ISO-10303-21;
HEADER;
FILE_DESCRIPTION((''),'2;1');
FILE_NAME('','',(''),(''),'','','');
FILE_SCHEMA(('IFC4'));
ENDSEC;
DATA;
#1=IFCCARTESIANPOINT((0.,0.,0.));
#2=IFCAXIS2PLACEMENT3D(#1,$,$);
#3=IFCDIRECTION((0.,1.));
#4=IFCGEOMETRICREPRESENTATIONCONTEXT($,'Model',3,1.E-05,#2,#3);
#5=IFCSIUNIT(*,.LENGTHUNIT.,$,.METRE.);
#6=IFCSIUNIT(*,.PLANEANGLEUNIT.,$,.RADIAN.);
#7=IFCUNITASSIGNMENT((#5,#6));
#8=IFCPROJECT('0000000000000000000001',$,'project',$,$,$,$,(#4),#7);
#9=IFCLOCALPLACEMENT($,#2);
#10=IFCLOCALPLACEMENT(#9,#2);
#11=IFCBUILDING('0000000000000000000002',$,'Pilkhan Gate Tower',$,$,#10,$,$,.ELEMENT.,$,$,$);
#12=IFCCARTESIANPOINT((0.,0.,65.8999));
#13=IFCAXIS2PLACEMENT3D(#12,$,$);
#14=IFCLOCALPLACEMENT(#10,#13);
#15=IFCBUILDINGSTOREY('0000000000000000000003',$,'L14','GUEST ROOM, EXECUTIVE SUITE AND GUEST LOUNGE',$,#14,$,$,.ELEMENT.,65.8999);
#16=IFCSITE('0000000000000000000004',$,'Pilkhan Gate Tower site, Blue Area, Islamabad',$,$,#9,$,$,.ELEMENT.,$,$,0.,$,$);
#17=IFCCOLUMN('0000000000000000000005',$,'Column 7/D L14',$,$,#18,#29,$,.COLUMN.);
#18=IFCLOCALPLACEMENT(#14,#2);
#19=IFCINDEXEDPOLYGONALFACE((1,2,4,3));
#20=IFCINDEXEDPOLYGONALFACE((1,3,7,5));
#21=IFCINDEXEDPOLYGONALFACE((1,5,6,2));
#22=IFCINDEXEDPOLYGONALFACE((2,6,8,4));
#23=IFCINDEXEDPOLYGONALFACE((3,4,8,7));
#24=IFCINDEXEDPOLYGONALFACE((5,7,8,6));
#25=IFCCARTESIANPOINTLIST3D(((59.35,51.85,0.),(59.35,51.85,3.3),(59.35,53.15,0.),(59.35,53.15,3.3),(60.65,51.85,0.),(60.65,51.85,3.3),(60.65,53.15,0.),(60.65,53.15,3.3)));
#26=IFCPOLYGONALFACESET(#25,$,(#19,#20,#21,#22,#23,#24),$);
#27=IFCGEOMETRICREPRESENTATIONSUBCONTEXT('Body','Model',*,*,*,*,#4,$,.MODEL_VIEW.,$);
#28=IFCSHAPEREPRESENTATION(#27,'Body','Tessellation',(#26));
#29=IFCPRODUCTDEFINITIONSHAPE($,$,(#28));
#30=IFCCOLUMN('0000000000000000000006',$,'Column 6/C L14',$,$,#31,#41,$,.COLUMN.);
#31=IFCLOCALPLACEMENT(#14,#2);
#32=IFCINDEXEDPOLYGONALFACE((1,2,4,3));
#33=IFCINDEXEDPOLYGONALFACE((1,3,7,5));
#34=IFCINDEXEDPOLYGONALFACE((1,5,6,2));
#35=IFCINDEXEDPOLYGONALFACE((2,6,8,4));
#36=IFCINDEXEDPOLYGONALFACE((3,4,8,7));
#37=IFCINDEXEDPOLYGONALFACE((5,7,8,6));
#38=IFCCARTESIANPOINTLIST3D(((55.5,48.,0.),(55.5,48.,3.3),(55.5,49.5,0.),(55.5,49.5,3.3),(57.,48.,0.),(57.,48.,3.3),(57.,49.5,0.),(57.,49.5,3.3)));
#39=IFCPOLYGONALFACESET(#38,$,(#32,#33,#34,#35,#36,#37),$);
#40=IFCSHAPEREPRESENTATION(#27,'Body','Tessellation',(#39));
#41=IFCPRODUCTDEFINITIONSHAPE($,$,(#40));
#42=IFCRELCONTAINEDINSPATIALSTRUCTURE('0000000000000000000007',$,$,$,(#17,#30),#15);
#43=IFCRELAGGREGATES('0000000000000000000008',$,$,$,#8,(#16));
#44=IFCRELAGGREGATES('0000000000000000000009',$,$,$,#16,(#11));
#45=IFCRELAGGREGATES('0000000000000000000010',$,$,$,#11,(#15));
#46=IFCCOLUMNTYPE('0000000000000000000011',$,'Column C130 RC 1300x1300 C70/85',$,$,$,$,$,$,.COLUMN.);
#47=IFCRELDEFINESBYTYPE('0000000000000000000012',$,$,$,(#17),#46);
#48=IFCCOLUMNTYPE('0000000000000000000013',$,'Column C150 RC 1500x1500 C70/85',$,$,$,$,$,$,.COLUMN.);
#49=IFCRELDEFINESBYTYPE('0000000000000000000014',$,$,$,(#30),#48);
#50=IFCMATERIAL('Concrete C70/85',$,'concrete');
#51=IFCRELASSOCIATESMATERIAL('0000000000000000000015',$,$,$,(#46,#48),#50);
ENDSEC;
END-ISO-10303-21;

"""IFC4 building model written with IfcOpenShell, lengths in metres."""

from ifc_helpers import new_model, si_unit, direction, frame, origin, origin_2d, place, context, subcontext, project, spatial, rectangle, extrude, material, material_profile, profile_set, type_object, element, save


model = new_model("IFC4")

# Units and contexts
model_context = context("Model", 3, precision=1e-05, world=origin(), true_north=direction((0.0, 1.0)))
body_context = subcontext(model_context, "Body", "Model", "MODEL_VIEW")
ifc_project = project(units=[si_unit("LENGTHUNIT", "METRE"), si_unit("PLANEANGLEUNIT", "RADIAN")], contexts=[model_context])

# Site, building, storey
site_placement = place(None, origin())
site = spatial("IfcSite", under=ifc_project, at=site_placement, Name="Pilkhan Gate Tower site, Blue Area, Islamabad", CompositionType="ELEMENT", RefElevation=0.0)
building_placement = place(site_placement, origin())
building = spatial("IfcBuilding", under=site, at=building_placement, Name="Pilkhan Gate Tower", CompositionType="ELEMENT")
storey_placement = place(building_placement, frame((0.0, 0.0, 65.8999)))
storey = spatial("IfcBuildingStorey", under=building, at=storey_placement, Name="L14", Description="GUEST ROOM, EXECUTIVE SUITE AND GUEST LOUNGE", CompositionType="ELEMENT", Elevation=65.8999)

# Columns
ifc_material_1 = material(Name="Concrete C70/85", Category="concrete")
ifc_material_profile_1 = material_profile(ifc_material_1, rectangle(XDim=1.3, YDim=1.3, at=origin_2d()), Name="RC 1300x1300")
ifc_profile_set_1 = profile_set([ifc_material_profile_1], Name="Concrete C70/85")
column_type_1 = type_object("IfcColumnType", Name="Column C130 RC 1300x1300 C70/85", PredefinedType="COLUMN", material=ifc_profile_set_1)
column_1_placement = place(storey_placement, frame((60.0, 52.5, 0.0), z_axis=(0.0, 0.0, 1.0), x_axis=(1.0, 0.0, 0.0)))
element("IfcColumn", 1, at=column_1_placement, inside=storey, type_object=column_type_1, Name="Column 7/D L14", PredefinedType="COLUMN", context=body_context, shape_type="SweptSolid", body=[
    extrude(rectangle(XDim=1.3, YDim=1.3, at=origin_2d()), origin(), (0.0, 0.0, 1.0), 3.3),
])
ifc_material_profile_2 = material_profile(ifc_material_1, rectangle(XDim=1.5, YDim=1.5, at=origin_2d()), Name="RC 1500x1500")
ifc_profile_set_2 = profile_set([ifc_material_profile_2], Name="Concrete C70/85")
column_type_2 = type_object("IfcColumnType", Name="Column C150 RC 1500x1500 C70/85", PredefinedType="COLUMN", material=ifc_profile_set_2)
column_2_placement = place(storey_placement, frame((56.25, 48.75, 0.0), z_axis=(0.0, 0.0, 1.0), x_axis=(1.0, 0.0, 0.0)))
element("IfcColumn", 2, at=column_2_placement, inside=storey, type_object=column_type_2, Name="Column 6/C L14", PredefinedType="COLUMN", context=body_context, shape_type="SweptSolid", body=[
    extrude(rectangle(XDim=1.5, YDim=1.5, at=origin_2d()), origin(), (0.0, 0.0, 1.0), 3.3),
])

save(model, "model.ifc")
